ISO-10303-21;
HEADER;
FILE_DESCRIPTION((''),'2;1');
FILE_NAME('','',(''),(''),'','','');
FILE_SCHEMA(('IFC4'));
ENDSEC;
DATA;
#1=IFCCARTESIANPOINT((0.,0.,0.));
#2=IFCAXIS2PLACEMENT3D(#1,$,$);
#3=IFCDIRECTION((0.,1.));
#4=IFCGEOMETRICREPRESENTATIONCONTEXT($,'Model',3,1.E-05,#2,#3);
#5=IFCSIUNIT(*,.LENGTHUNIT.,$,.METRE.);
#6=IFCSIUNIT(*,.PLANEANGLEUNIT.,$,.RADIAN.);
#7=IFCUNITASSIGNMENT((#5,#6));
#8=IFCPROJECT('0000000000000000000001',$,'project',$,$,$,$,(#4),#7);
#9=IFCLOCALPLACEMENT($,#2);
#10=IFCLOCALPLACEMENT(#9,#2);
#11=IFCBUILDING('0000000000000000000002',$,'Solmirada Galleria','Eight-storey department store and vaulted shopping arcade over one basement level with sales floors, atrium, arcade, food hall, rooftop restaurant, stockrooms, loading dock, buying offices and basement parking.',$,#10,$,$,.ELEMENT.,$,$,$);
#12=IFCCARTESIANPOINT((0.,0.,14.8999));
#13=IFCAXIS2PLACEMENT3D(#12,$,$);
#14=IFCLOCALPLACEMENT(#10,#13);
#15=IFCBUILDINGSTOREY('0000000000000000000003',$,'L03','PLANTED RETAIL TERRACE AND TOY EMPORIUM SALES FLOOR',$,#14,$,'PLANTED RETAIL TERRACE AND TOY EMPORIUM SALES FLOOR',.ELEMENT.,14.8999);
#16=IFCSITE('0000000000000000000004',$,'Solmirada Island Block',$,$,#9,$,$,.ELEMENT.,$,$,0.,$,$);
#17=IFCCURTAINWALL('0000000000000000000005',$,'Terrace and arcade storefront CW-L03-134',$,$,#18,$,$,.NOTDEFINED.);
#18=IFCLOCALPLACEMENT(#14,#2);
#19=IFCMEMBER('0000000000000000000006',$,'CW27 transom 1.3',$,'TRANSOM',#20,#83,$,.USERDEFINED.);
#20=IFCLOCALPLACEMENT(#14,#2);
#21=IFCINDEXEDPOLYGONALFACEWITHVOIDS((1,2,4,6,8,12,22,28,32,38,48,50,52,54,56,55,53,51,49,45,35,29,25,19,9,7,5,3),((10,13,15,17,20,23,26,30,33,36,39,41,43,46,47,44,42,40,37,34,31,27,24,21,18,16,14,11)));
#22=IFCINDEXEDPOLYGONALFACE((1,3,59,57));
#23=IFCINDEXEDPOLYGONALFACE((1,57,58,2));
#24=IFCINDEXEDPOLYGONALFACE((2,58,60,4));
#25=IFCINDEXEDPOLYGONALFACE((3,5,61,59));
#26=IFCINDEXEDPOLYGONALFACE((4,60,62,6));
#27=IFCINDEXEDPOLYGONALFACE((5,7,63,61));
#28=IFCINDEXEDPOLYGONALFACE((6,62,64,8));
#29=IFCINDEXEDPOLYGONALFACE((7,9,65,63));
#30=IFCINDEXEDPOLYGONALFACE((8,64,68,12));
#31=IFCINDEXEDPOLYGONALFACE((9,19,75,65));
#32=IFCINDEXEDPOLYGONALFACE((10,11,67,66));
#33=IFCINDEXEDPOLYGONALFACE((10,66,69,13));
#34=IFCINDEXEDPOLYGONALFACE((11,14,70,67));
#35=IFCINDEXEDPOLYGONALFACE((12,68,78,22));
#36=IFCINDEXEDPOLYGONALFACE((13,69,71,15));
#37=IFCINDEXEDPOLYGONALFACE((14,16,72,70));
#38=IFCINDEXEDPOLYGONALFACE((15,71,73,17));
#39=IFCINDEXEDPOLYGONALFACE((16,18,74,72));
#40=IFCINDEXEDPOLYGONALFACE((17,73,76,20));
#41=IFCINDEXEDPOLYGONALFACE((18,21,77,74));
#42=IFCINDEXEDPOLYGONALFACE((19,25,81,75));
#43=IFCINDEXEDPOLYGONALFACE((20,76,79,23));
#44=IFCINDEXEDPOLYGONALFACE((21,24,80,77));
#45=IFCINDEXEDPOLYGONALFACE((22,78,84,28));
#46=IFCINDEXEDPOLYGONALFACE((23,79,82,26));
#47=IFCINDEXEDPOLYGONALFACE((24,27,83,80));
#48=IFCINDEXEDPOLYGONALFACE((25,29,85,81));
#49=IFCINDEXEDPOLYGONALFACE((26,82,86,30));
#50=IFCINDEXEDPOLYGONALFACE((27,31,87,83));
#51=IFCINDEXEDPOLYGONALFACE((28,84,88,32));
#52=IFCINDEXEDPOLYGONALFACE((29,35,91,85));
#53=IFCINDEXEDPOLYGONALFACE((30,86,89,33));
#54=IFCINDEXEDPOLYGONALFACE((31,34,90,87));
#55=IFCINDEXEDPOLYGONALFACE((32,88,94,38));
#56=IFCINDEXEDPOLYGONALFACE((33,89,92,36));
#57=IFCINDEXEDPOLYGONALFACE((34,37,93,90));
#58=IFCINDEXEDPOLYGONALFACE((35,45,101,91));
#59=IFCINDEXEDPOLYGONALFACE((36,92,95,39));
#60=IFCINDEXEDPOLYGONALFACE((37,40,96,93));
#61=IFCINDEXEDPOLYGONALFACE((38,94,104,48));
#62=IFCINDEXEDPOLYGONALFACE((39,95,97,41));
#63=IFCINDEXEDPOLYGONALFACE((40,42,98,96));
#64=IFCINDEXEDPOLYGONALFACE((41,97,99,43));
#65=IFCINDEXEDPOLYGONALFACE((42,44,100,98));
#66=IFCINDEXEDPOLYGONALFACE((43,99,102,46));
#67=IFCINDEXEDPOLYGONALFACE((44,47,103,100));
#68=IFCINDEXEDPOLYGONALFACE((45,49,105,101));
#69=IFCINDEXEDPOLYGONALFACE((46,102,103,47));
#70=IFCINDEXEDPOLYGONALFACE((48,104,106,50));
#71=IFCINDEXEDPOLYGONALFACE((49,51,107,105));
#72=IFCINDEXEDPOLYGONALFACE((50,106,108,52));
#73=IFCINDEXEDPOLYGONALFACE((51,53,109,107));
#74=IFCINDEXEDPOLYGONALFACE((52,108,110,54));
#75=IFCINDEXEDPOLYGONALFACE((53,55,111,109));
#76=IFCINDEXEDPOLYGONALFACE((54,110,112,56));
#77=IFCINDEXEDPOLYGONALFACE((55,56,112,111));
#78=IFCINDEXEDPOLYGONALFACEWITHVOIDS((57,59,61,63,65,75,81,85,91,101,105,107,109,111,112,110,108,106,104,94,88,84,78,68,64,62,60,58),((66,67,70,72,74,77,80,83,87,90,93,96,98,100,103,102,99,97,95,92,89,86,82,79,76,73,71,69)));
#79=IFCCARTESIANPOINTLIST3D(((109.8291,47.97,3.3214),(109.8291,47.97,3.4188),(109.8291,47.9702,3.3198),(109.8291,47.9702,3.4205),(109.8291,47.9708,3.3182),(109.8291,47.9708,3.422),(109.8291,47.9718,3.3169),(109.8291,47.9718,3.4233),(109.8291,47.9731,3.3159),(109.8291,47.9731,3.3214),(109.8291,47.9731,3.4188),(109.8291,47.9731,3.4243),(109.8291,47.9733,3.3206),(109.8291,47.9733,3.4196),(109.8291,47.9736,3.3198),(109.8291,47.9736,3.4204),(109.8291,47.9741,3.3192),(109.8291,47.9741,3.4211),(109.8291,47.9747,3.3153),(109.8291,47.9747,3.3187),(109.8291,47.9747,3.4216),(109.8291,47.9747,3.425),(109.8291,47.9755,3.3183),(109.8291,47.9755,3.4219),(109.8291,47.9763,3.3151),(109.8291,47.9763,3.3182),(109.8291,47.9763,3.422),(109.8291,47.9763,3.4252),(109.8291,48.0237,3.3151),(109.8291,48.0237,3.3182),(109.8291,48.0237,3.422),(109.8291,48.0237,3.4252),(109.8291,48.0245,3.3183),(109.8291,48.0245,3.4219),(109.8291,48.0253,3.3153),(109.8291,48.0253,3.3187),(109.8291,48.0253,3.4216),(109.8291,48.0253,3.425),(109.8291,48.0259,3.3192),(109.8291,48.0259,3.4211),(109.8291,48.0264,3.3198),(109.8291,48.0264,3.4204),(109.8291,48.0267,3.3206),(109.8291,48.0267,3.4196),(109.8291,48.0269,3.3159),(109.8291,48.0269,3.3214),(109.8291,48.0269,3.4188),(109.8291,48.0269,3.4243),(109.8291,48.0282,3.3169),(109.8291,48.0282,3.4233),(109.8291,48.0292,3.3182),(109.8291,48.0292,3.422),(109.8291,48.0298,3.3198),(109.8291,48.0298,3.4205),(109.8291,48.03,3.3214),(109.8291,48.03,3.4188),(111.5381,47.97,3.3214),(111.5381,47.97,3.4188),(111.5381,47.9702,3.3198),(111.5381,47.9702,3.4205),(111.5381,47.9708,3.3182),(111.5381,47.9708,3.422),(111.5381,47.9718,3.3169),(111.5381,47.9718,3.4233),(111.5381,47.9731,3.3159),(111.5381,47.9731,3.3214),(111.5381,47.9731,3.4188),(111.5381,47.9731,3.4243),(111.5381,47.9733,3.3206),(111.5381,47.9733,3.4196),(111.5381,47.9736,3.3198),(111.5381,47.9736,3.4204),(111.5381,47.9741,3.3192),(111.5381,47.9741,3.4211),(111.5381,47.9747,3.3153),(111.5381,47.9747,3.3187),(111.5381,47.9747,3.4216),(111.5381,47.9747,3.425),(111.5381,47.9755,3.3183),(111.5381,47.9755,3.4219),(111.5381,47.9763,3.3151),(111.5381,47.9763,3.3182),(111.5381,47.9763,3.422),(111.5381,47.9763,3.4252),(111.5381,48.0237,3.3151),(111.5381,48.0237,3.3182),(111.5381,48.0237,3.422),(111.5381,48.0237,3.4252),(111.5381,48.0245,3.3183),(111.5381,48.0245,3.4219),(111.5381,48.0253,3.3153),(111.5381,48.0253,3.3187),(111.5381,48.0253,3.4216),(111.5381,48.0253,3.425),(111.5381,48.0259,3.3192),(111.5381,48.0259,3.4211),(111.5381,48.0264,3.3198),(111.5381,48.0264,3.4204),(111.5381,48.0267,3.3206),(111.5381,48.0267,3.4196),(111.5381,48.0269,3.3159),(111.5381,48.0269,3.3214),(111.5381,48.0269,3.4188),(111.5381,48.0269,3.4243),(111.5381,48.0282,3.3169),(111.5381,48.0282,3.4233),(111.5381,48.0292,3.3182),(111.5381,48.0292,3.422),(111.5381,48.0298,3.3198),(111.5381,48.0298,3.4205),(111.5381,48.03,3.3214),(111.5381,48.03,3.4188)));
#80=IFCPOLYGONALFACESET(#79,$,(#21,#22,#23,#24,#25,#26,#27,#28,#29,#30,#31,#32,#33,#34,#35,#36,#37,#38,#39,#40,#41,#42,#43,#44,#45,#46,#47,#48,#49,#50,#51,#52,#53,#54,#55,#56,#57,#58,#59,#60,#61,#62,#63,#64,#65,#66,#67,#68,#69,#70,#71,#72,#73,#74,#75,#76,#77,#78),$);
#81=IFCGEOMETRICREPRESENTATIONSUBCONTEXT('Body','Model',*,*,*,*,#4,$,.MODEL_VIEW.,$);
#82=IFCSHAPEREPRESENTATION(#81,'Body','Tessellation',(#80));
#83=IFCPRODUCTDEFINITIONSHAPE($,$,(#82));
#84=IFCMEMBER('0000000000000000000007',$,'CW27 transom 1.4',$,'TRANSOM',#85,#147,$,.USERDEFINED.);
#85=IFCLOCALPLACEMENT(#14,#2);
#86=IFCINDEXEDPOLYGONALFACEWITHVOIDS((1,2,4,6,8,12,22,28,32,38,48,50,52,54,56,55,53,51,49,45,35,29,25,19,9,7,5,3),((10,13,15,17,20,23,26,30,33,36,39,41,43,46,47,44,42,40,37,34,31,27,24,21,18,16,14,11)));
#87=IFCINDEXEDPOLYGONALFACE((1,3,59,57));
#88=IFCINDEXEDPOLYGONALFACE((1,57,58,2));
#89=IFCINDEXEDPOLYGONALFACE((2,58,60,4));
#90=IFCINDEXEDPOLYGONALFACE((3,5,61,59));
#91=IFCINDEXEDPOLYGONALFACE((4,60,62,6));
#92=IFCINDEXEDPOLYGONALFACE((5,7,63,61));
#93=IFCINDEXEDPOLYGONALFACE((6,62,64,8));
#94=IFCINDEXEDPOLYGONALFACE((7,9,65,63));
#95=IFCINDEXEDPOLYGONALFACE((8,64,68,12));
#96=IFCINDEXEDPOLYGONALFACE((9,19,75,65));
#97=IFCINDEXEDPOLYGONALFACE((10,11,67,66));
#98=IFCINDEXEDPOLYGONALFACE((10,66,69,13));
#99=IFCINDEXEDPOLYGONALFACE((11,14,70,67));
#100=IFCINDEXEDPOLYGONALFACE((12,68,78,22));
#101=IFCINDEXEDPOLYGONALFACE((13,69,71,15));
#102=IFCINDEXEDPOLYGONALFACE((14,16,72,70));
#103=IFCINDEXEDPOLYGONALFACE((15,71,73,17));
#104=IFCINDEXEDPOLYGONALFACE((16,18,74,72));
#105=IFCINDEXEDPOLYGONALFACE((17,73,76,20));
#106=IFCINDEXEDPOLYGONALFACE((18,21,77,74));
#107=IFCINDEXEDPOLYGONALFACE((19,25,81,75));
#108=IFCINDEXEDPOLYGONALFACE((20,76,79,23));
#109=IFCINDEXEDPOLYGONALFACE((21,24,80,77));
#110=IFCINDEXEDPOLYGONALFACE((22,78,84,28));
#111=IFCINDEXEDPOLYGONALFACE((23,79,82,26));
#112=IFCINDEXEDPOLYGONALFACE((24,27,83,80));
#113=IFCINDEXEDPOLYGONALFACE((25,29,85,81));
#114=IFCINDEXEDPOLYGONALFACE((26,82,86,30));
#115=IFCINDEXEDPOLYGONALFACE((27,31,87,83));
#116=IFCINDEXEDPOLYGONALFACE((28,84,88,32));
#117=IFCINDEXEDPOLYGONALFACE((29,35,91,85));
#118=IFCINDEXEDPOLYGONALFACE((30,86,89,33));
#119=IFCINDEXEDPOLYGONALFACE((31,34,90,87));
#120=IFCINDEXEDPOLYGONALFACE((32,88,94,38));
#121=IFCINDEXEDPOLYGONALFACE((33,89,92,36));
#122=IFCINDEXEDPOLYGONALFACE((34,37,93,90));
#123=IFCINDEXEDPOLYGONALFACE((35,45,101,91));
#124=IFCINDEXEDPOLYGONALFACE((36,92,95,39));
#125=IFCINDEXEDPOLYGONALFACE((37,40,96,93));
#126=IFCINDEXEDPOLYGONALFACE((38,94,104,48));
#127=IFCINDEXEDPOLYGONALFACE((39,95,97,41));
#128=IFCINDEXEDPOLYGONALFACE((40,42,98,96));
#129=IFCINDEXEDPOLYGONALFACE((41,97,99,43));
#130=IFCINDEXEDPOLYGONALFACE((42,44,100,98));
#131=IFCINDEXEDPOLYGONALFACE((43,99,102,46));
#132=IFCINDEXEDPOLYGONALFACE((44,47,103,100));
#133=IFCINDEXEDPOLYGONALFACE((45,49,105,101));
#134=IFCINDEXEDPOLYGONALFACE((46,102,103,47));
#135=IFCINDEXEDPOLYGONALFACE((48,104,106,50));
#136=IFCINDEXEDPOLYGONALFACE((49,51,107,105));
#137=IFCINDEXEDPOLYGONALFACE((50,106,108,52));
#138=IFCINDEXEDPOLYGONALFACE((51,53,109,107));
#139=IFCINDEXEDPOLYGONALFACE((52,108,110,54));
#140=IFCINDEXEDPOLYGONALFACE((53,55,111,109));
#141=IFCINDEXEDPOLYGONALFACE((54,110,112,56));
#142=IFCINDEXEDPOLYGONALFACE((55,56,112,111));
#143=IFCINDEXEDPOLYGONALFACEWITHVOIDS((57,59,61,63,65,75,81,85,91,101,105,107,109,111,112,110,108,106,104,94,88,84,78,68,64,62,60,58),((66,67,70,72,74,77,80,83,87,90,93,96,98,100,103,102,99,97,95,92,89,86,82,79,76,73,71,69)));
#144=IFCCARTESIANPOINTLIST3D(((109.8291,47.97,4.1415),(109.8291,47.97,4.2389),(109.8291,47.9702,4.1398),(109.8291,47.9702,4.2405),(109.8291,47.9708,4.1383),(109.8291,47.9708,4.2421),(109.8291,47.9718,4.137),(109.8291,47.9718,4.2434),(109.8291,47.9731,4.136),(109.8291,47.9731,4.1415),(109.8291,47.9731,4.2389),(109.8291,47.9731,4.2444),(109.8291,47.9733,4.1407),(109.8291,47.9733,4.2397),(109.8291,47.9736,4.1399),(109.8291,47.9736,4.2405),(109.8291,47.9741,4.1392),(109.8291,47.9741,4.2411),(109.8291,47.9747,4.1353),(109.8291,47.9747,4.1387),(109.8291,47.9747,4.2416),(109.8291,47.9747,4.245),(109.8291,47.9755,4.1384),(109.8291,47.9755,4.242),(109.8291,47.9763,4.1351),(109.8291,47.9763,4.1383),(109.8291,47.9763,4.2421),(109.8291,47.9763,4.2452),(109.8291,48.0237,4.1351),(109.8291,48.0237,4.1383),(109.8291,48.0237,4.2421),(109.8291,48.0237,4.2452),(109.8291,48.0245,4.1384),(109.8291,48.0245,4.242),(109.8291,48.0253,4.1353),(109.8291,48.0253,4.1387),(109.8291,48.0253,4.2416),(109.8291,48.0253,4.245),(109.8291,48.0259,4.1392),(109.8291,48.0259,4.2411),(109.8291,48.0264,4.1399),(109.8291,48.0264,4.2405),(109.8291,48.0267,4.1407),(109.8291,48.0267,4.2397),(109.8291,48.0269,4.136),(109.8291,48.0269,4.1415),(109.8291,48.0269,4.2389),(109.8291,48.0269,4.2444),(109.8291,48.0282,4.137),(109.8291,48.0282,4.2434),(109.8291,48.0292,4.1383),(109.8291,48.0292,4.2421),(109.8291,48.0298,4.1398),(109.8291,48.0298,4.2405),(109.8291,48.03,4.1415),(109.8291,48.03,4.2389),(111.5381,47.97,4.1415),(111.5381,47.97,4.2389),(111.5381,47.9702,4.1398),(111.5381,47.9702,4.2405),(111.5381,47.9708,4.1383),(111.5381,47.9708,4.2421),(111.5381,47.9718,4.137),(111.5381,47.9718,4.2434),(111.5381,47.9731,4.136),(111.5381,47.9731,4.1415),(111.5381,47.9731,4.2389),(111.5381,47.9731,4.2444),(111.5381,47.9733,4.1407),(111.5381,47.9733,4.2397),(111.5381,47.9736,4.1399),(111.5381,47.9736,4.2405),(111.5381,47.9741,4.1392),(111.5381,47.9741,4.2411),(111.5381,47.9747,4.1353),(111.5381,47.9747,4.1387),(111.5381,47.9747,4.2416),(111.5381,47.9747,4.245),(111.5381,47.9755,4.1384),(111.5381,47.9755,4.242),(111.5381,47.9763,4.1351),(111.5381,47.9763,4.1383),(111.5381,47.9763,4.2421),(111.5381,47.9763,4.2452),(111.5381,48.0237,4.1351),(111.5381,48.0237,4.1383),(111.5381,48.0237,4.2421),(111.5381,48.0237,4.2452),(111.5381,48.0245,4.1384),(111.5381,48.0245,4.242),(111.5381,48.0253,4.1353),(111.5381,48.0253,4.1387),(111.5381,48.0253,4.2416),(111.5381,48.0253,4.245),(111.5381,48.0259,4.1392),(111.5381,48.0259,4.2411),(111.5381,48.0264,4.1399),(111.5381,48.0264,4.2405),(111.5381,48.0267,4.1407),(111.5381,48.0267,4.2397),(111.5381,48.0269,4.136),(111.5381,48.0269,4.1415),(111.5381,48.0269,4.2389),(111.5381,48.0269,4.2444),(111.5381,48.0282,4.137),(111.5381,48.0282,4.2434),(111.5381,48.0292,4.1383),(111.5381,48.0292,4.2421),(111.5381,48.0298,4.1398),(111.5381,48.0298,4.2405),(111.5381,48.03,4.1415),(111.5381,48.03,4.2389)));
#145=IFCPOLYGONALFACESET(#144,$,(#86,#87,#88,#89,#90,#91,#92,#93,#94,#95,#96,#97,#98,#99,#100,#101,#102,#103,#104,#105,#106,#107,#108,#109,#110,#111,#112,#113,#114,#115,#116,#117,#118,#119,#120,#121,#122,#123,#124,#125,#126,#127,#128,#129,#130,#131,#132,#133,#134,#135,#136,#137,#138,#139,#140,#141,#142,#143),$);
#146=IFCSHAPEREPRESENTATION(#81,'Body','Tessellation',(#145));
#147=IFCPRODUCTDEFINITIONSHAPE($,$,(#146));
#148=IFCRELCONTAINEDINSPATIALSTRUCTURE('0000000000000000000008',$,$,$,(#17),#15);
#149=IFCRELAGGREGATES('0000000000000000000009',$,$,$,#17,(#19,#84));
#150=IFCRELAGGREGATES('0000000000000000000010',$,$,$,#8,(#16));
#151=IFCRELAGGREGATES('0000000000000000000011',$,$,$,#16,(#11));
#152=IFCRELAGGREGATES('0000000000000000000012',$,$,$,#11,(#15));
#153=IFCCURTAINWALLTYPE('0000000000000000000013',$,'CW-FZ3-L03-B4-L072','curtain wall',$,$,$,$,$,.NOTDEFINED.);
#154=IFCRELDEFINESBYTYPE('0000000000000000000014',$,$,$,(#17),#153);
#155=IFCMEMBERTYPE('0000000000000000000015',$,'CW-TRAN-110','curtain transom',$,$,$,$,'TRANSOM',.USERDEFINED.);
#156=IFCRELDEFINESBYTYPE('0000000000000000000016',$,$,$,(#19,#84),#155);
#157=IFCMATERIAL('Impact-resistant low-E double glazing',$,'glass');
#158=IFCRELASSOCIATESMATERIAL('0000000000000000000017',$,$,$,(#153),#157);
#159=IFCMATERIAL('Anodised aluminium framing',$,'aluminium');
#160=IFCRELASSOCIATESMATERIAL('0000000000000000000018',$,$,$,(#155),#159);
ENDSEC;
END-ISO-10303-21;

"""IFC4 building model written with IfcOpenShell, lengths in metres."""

from ifc_helpers import new_model, si_unit, direction, frame, origin, origin_2d, place, context, subcontext, project, spatial, hollow_rectangle, extrude, material, material_profile, profile_set, type_object, element, aggregate, save


model = new_model("IFC4")

# Units and contexts
model_context = context("Model", 3, precision=1e-05, world=origin(), true_north=direction((0.0, 1.0)))
body_context = subcontext(model_context, "Body", "Model", "MODEL_VIEW")
ifc_project = project(units=[si_unit("LENGTHUNIT", "METRE"), si_unit("PLANEANGLEUNIT", "RADIAN")], contexts=[model_context])

# Site, building, storey
site_placement = place(None, origin())
site = spatial("IfcSite", under=ifc_project, at=site_placement, Name="Solmirada Island Block", CompositionType="ELEMENT", RefElevation=0.0)
building_placement = place(site_placement, origin())
building = spatial("IfcBuilding", under=site, at=building_placement, Name="Solmirada Galleria", Description="Eight-storey department store and vaulted shopping arcade over one basement level with sales floors, atrium, arcade, food hall, rooftop restaurant, stockrooms, loading dock, buying offices and basement parking.", CompositionType="ELEMENT")
storey_placement = place(building_placement, frame((0.0, 0.0, 14.8999)))
storey = spatial("IfcBuildingStorey", under=building, at=storey_placement, Name="L03", Description="PLANTED RETAIL TERRACE AND TOY EMPORIUM SALES FLOOR", LongName="PLANTED RETAIL TERRACE AND TOY EMPORIUM SALES FLOOR", CompositionType="ELEMENT", Elevation=14.8999)

# Curtain wall
ifc_material_1 = material(Name="Impact-resistant low-E double glazing", Category="glass")
curtain_wall_type = type_object("IfcCurtainWallType", Name="CW-FZ3-L03-B4-L072", Description="curtain wall", PredefinedType="NOTDEFINED", material=ifc_material_1)
ifc_material_2 = material(Name="Anodised aluminium framing", Category="aluminium")
curtain_wall_1_placement = place(storey_placement, origin())
curtain_wall_1 = element("IfcCurtainWall", 1, at=curtain_wall_1_placement, inside=storey, type_object=curtain_wall_type, Name="Terrace and arcade storefront CW-L03-134", PredefinedType="NOTDEFINED")

# Members
ifc_material_profile_1 = material_profile(ifc_material_2, hollow_rectangle(XDim=0.0601, YDim=0.1101, WallThickness=0.0032, InnerFilletRadius=0.0032, OuterFilletRadius=0.0063, at=origin_2d()), Name="ALU-TRAN-110X60")
ifc_profile_set_1 = profile_set([ifc_material_profile_1], Name="Anodised aluminium framing")
member_type_1 = type_object("IfcMemberType", Name="CW-TRAN-110", Description="curtain transom", ElementType="TRANSOM", PredefinedType="USERDEFINED", material=ifc_profile_set_1)
member_1_placement = place(storey_placement, frame((111.5381, 48.0, 3.3701), z_axis=(-1.0, 0.0, 0.0), x_axis=(0.0, -1.0, 0.0)))
member_1 = element("IfcMember", 2, at=member_1_placement, type_object=member_type_1, Name="CW27 transom 1.3", ObjectType="TRANSOM", PredefinedType="USERDEFINED", context=body_context, shape_type="SweptSolid", body=[
    extrude(hollow_rectangle(XDim=0.0601, YDim=0.1101, WallThickness=0.0032, InnerFilletRadius=0.0032, OuterFilletRadius=0.0063, at=origin_2d()), origin(), (0.0, 0.0, 1.0), 1.709),
])
member_2_placement = place(storey_placement, frame((111.5381, 48.0, 4.1902), z_axis=(-1.0, 0.0, 0.0), x_axis=(0.0, -1.0, 0.0)))
member_2 = element("IfcMember", 3, at=member_2_placement, type_object=member_type_1, Name="CW27 transom 1.4", ObjectType="TRANSOM", PredefinedType="USERDEFINED", context=body_context, shape_type="SweptSolid", body=[
    extrude(hollow_rectangle(XDim=0.0601, YDim=0.1101, WallThickness=0.0032, InnerFilletRadius=0.0032, OuterFilletRadius=0.0063, at=origin_2d()), origin(), (0.0, 0.0, 1.0), 1.709),
])

aggregate(curtain_wall_1, [member_1, member_2])

save(model, "model.ifc")
